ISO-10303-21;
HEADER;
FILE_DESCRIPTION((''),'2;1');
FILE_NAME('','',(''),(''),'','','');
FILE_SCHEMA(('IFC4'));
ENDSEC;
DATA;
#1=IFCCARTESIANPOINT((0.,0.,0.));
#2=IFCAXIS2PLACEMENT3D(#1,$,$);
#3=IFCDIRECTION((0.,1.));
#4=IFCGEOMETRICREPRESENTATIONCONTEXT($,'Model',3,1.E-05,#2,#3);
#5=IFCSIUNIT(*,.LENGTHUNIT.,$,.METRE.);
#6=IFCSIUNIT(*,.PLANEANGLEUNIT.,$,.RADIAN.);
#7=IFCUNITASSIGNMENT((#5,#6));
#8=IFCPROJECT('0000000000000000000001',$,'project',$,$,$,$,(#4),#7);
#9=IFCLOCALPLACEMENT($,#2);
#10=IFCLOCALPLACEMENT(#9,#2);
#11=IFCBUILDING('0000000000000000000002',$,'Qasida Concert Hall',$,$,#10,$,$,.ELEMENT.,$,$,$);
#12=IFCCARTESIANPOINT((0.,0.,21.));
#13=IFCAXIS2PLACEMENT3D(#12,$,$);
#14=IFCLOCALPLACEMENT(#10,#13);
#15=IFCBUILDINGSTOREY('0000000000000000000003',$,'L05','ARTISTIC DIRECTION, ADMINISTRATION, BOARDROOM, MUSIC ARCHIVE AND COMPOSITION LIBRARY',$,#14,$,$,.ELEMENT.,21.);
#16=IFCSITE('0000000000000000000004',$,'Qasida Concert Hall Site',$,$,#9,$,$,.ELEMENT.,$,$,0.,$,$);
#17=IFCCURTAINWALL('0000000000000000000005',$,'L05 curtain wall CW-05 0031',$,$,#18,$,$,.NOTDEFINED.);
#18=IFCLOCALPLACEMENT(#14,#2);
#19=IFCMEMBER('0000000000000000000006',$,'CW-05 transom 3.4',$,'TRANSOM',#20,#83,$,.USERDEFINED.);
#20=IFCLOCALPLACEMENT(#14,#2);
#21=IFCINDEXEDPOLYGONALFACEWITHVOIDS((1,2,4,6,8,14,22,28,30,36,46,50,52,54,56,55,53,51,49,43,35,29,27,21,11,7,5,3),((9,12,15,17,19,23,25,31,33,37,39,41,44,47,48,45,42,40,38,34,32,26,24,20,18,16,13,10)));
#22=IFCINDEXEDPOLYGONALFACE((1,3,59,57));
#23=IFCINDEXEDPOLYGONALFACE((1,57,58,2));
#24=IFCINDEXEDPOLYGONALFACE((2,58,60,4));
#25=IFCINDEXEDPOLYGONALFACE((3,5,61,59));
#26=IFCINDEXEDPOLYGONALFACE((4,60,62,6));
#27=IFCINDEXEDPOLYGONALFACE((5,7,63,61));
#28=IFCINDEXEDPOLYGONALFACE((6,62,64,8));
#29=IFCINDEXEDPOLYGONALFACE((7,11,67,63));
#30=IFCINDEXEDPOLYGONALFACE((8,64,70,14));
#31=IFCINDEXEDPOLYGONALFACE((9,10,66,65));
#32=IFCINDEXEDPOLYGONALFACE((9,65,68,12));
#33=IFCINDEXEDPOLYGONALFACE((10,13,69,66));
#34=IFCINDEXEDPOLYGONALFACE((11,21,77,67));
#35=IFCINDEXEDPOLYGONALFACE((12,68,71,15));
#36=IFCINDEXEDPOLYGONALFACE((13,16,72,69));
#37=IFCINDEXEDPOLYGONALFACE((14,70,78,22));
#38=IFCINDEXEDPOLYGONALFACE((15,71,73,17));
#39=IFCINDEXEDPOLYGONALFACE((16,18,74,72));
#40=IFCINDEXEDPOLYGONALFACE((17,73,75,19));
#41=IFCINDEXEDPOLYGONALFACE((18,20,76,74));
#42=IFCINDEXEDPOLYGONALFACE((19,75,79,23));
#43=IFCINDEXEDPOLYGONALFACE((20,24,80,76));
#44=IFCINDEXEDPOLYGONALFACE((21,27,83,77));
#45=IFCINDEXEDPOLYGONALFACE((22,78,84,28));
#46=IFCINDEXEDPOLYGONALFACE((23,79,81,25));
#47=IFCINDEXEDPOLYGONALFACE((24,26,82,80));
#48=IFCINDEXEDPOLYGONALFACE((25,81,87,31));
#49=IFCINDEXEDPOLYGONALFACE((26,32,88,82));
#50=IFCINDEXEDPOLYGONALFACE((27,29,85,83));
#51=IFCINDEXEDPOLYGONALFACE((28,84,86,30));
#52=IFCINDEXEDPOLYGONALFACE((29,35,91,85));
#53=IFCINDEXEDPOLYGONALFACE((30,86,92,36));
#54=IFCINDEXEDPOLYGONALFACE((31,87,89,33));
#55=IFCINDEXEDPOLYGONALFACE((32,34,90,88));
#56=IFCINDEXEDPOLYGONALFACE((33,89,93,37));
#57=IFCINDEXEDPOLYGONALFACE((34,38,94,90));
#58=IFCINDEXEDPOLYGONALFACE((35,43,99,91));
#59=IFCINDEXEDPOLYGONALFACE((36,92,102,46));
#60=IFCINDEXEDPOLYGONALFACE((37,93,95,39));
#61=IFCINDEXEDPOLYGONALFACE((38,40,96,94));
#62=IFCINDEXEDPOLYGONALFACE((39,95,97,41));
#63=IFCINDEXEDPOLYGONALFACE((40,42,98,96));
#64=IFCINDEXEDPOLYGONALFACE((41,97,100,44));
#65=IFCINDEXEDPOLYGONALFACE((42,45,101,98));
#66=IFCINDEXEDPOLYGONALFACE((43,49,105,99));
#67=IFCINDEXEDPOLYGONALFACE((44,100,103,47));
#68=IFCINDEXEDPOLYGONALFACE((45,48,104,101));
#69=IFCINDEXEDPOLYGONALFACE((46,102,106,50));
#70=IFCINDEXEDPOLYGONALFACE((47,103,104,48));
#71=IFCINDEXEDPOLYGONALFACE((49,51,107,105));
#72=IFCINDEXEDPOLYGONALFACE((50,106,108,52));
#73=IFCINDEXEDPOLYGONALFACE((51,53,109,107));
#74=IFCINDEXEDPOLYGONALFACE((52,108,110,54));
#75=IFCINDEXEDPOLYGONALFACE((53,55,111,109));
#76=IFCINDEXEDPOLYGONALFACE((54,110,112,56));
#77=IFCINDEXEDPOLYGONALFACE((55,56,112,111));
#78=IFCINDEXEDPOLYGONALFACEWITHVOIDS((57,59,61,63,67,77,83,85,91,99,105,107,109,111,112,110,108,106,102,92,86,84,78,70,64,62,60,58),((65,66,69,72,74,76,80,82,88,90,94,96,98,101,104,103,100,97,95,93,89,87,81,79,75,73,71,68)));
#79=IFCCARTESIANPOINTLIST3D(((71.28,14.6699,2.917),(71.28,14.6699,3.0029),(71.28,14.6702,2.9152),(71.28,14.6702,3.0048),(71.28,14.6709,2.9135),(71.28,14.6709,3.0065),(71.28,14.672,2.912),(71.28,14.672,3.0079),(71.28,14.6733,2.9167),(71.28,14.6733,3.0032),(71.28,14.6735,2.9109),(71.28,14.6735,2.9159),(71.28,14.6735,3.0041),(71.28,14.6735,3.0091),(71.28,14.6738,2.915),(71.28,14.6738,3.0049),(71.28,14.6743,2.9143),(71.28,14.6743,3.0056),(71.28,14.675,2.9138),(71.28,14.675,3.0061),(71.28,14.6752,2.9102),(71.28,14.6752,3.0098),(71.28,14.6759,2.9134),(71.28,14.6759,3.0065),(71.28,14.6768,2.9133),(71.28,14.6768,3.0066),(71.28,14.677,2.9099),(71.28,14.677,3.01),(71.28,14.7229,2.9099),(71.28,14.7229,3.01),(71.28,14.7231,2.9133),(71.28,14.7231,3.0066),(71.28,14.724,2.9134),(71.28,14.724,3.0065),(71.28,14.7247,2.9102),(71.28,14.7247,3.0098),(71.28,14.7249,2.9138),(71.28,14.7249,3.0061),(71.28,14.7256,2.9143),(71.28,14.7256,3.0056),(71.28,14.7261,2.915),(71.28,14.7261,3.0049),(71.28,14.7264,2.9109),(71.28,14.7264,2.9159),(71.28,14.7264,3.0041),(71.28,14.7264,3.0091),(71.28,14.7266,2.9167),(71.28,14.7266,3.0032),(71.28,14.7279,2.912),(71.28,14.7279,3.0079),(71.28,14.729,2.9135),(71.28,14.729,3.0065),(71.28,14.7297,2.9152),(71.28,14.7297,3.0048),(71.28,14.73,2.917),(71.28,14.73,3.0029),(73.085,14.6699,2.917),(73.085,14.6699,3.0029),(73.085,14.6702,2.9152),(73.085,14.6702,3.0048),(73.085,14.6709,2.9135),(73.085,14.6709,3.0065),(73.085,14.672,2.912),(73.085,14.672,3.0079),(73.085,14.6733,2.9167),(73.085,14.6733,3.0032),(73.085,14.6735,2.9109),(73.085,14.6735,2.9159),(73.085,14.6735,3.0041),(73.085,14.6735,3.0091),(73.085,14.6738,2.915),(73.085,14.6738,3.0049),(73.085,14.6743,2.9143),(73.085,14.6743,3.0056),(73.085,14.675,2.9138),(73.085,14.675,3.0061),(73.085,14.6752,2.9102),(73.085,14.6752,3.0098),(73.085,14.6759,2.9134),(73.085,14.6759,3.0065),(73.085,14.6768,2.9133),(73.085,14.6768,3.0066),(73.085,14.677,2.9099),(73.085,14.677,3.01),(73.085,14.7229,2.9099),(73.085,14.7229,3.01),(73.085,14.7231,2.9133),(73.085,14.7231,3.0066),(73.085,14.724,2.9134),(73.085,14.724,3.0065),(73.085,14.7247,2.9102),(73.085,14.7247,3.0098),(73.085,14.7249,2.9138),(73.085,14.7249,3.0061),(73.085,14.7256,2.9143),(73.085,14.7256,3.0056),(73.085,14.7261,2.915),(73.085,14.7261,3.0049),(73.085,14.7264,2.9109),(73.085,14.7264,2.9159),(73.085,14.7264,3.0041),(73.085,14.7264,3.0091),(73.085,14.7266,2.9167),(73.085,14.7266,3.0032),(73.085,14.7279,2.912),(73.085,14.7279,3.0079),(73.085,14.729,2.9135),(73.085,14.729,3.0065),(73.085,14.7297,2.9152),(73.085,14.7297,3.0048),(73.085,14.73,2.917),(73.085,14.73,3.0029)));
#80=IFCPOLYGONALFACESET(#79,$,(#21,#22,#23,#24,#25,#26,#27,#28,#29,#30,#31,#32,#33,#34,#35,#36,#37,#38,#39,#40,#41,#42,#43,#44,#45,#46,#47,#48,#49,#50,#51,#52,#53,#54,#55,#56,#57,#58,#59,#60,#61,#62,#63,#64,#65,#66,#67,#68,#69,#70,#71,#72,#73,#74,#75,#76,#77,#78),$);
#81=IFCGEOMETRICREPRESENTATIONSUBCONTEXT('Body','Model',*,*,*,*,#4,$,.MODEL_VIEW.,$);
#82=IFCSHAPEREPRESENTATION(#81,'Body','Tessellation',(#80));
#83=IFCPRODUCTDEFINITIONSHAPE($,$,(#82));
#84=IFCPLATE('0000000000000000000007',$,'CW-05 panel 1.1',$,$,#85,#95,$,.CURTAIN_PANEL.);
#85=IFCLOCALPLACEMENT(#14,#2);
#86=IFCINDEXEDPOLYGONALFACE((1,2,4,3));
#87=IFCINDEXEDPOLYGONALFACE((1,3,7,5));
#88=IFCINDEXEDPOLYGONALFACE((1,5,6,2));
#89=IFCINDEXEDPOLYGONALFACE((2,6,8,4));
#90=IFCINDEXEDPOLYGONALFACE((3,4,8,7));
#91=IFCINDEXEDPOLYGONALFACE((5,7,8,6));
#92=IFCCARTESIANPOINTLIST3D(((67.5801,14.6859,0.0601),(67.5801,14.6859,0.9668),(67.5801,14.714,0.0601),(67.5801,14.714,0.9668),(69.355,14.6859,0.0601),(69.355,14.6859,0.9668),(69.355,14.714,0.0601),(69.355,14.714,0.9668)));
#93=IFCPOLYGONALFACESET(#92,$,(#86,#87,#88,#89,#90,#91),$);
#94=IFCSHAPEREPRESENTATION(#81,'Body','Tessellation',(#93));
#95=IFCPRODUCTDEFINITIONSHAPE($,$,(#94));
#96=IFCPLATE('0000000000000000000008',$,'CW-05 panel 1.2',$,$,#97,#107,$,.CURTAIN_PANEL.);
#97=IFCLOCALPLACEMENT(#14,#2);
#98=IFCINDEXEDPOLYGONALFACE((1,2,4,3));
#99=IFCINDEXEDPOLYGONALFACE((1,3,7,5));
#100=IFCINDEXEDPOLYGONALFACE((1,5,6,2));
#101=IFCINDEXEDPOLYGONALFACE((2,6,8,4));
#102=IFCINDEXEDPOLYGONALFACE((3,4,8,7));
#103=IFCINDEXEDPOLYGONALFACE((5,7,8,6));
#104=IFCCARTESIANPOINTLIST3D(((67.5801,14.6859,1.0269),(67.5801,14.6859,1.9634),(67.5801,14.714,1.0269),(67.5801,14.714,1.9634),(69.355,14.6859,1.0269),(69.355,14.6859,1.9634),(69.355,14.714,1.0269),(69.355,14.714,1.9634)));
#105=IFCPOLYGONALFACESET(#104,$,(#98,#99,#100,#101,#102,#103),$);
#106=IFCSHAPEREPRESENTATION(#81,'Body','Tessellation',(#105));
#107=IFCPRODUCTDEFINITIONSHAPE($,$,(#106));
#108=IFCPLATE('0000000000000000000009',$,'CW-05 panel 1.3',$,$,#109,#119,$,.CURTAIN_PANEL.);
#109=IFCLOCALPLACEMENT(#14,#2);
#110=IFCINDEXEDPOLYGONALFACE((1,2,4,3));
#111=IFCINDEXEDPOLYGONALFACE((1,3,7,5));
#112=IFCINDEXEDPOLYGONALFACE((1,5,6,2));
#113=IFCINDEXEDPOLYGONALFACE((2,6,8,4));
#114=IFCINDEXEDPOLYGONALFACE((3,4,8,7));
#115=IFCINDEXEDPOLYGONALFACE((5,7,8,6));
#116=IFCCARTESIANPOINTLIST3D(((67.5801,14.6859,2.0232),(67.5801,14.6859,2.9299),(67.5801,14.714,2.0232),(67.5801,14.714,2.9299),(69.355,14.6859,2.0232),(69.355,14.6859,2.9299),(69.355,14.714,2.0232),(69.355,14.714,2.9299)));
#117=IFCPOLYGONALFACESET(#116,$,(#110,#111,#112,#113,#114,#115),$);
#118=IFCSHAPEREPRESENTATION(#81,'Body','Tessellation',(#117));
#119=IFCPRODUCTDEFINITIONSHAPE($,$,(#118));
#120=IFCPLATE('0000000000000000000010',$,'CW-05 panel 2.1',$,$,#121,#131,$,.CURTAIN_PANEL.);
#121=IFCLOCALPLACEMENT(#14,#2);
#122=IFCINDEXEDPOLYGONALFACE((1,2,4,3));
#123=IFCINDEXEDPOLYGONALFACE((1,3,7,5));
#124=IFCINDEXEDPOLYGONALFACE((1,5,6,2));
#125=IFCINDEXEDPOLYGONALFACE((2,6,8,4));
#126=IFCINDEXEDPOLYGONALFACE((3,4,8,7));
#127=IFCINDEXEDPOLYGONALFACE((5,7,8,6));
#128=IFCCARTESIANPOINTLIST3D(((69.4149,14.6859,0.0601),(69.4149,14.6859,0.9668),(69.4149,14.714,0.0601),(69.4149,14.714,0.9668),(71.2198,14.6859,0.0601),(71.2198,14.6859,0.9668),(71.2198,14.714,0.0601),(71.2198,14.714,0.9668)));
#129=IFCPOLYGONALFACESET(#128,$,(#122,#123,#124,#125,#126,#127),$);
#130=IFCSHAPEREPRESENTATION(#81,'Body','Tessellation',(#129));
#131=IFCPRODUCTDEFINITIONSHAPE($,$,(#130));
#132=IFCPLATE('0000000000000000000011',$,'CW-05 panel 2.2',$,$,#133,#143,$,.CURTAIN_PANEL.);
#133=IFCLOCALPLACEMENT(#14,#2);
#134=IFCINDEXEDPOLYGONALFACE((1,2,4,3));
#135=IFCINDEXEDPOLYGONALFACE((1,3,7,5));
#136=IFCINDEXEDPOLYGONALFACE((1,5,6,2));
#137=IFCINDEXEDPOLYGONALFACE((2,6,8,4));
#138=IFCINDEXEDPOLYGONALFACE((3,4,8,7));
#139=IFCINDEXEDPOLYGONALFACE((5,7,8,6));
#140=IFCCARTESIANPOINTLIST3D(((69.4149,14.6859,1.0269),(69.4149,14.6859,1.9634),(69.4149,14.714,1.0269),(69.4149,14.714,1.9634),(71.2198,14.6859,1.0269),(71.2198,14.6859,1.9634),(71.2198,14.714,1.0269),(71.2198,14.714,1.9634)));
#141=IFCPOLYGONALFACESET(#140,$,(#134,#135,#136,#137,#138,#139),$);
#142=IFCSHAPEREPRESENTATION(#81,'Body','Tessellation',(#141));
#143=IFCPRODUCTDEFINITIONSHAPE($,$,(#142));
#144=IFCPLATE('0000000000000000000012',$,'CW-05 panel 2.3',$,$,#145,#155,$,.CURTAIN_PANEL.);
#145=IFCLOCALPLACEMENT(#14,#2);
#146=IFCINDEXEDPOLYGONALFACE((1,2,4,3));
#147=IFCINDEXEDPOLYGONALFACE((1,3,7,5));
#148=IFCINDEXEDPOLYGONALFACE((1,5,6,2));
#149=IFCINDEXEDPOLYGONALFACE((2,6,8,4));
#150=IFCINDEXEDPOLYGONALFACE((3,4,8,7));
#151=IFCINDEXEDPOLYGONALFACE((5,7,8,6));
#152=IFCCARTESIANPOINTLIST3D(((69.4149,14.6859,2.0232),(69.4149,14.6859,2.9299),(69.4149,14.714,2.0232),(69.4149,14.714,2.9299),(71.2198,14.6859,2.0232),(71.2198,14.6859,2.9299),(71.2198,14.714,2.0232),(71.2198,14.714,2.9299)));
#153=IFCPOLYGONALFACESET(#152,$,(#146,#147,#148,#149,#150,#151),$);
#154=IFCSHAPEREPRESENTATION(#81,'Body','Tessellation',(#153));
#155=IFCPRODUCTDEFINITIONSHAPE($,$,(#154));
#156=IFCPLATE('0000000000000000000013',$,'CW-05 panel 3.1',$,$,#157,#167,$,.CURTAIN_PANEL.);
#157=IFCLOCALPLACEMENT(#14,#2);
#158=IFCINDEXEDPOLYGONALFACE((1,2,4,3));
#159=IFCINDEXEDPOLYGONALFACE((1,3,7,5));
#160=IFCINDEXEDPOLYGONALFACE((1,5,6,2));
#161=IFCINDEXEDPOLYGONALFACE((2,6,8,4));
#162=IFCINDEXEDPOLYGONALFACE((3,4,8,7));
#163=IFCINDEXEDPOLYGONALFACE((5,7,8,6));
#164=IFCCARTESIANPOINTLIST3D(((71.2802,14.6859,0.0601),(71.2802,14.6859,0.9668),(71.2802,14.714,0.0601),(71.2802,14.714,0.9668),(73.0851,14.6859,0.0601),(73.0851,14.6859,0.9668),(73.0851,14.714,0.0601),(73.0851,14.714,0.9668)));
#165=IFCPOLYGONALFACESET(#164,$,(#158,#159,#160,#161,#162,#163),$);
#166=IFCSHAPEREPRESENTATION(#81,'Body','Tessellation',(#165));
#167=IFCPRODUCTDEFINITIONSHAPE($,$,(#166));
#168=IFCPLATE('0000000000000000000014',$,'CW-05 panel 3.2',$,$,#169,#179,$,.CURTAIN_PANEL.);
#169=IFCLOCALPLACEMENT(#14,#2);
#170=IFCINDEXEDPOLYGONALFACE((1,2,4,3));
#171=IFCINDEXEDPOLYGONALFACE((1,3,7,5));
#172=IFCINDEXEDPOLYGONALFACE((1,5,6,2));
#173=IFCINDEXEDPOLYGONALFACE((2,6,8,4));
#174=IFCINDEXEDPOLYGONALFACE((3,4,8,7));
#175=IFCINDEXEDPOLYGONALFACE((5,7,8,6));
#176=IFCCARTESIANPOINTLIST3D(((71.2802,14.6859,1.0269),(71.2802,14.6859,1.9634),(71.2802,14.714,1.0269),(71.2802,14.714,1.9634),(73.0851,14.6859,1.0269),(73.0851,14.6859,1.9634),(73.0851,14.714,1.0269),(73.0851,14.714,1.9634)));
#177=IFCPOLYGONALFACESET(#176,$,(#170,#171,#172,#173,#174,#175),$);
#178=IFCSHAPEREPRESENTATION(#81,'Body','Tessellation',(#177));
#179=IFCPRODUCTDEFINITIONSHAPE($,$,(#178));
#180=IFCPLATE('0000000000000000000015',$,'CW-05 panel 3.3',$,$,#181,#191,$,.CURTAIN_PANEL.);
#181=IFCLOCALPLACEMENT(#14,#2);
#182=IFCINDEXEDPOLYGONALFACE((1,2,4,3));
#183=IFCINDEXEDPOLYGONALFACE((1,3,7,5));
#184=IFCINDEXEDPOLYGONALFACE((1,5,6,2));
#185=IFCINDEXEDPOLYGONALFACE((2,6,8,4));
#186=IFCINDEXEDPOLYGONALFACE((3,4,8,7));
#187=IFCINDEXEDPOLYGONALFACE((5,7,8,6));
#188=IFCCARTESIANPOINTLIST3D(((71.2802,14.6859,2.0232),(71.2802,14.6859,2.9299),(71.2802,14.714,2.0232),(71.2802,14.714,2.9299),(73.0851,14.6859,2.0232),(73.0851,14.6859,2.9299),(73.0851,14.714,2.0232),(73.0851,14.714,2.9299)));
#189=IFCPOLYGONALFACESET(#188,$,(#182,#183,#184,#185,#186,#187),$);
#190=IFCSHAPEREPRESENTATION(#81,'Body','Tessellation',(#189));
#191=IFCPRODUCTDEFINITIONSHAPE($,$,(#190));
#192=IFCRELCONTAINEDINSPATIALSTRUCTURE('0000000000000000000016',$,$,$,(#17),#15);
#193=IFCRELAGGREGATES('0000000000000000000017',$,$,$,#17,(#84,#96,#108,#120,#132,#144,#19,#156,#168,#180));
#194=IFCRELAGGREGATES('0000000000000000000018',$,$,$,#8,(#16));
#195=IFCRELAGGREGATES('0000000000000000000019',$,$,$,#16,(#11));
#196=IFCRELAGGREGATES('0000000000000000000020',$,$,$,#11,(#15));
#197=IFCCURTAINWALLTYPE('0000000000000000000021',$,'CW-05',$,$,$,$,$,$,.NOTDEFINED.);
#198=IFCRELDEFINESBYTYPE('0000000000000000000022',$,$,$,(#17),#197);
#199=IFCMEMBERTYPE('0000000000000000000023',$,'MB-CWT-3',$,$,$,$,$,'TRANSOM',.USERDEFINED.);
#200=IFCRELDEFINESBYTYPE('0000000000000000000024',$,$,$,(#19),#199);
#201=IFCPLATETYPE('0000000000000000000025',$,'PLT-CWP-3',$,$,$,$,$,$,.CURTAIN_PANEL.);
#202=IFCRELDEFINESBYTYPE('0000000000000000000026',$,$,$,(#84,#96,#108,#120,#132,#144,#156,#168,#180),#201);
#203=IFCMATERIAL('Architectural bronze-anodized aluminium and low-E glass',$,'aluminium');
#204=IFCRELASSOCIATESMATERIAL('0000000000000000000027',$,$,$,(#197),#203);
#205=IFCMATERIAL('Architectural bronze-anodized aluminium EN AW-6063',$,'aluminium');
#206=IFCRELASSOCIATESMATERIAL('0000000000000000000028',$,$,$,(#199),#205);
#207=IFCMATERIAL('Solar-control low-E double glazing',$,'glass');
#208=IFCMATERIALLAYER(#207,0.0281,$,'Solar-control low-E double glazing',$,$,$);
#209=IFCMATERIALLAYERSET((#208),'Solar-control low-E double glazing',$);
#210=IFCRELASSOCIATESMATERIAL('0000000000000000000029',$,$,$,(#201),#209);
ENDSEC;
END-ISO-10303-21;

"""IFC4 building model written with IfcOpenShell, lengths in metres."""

from ifc_helpers import new_model, si_unit, direction, frame, origin, origin_2d, place, context, subcontext, project, spatial, rectangle, hollow_rectangle, extrude, material, layer, layer_set, material_profile, profile_set, type_object, element, aggregate, save


model = new_model("IFC4")

# Units and contexts
model_context = context("Model", 3, precision=1e-05, world=origin(), true_north=direction((0.0, 1.0)))
body_context = subcontext(model_context, "Body", "Model", "MODEL_VIEW")
ifc_project = project(units=[si_unit("LENGTHUNIT", "METRE"), si_unit("PLANEANGLEUNIT", "RADIAN")], contexts=[model_context])

# Site, building, storey
site_placement = place(None, origin())
site = spatial("IfcSite", under=ifc_project, at=site_placement, Name="Qasida Concert Hall Site", CompositionType="ELEMENT", RefElevation=0.0)
building_placement = place(site_placement, origin())
building = spatial("IfcBuilding", under=site, at=building_placement, Name="Qasida Concert Hall", CompositionType="ELEMENT")
storey_placement = place(building_placement, frame((0.0, 0.0, 21.0)))
storey = spatial("IfcBuildingStorey", under=building, at=storey_placement, Name="L05", Description="ARTISTIC DIRECTION, ADMINISTRATION, BOARDROOM, MUSIC ARCHIVE AND COMPOSITION LIBRARY", CompositionType="ELEMENT", Elevation=21.0)

# Curtain wall, member, plates
ifc_material_1 = material(Name="Architectural bronze-anodized aluminium and low-E glass", Category="aluminium")
curtain_wall_type = type_object("IfcCurtainWallType", Name="CW-05", PredefinedType="NOTDEFINED", material=ifc_material_1)
curtain_wall_placement = place(storey_placement, origin())
curtain_wall = element("IfcCurtainWall", 1, at=curtain_wall_placement, inside=storey, type_object=curtain_wall_type, Name="L05 curtain wall CW-05 0031", PredefinedType="NOTDEFINED")
ifc_material_2 = material(Name="Architectural bronze-anodized aluminium EN AW-6063", Category="aluminium")
ifc_material_profile_1 = material_profile(ifc_material_2, hollow_rectangle(XDim=0.0601, YDim=0.1001, WallThickness=0.0034, InnerFilletRadius=0.0034, OuterFilletRadius=0.0071, at=origin_2d()), Name="CWT 100x60x3.5")
ifc_profile_set_1 = profile_set([ifc_material_profile_1], Name="Architectural bronze-anodized aluminium EN AW-6063")
member_type_1 = type_object("IfcMemberType", Name="MB-CWT-3", ElementType="TRANSOM", PredefinedType="USERDEFINED", material=ifc_profile_set_1)
member_1_placement = place(storey_placement, frame((71.28, 14.7, 2.96), z_axis=(1.0, 0.0, 0.0), x_axis=(0.0, 1.0, 0.0)))
member_1 = element("IfcMember", 2, at=member_1_placement, type_object=member_type_1, Name="CW-05 transom 3.4", ObjectType="TRANSOM", PredefinedType="USERDEFINED", context=body_context, shape_type="SweptSolid", body=[
    extrude(hollow_rectangle(XDim=0.0601, YDim=0.1001, WallThickness=0.0034, InnerFilletRadius=0.0034, OuterFilletRadius=0.0071, at=origin_2d()), origin(), (0.0, 0.0, 1.0), 1.8049),
])
ifc_material_3 = material(Name="Solar-control low-E double glazing", Category="glass")
ifc_layer = layer(ifc_material_3, 0.0281, Name="Solar-control low-E double glazing")
ifc_layer_set = layer_set([ifc_layer], Name="Solar-control low-E double glazing")
plate_type = type_object("IfcPlateType", Name="PLT-CWP-3", PredefinedType="CURTAIN_PANEL", material=ifc_layer_set)
plate_1_placement = place(storey_placement, frame((68.4675, 14.7, 0.0601), z_axis=(0.0, 0.0, 1.0), x_axis=(1.0, 0.0, 0.0)))
plate_1 = element("IfcPlate", 3, at=plate_1_placement, type_object=plate_type, Name="CW-05 panel 1.1", PredefinedType="CURTAIN_PANEL", context=body_context, shape_type="SweptSolid", body=[
    extrude(rectangle(XDim=1.7749, YDim=0.0281, at=origin_2d()), origin(), (0.0, 0.0, 1.0), 0.9067),
])
plate_2_placement = place(storey_placement, frame((68.4675, 14.7, 1.0269), z_axis=(0.0, 0.0, 1.0), x_axis=(1.0, 0.0, 0.0)))
plate_2 = element("IfcPlate", 4, at=plate_2_placement, type_object=plate_type, Name="CW-05 panel 1.2", PredefinedType="CURTAIN_PANEL", context=body_context, shape_type="SweptSolid", body=[
    extrude(rectangle(XDim=1.7749, YDim=0.0281, at=origin_2d()), origin(), (0.0, 0.0, 1.0), 0.9365),
])
plate_3_placement = place(storey_placement, frame((68.4675, 14.7, 2.0232), z_axis=(0.0, 0.0, 1.0), x_axis=(1.0, 0.0, 0.0)))
plate_3 = element("IfcPlate", 5, at=plate_3_placement, type_object=plate_type, Name="CW-05 panel 1.3", PredefinedType="CURTAIN_PANEL", context=body_context, shape_type="SweptSolid", body=[
    extrude(rectangle(XDim=1.7749, YDim=0.0281, at=origin_2d()), origin(), (0.0, 0.0, 1.0), 0.9067),
])
plate_4_placement = place(storey_placement, frame((70.3174, 14.7, 0.0601), z_axis=(0.0, 0.0, 1.0), x_axis=(1.0, 0.0, 0.0)))
plate_4 = element("IfcPlate", 6, at=plate_4_placement, type_object=plate_type, Name="CW-05 panel 2.1", PredefinedType="CURTAIN_PANEL", context=body_context, shape_type="SweptSolid", body=[
    extrude(rectangle(XDim=1.8049, YDim=0.0281, at=origin_2d()), origin(), (0.0, 0.0, 1.0), 0.9067),
])
plate_5_placement = place(storey_placement, frame((70.3174, 14.7, 1.0269), z_axis=(0.0, 0.0, 1.0), x_axis=(1.0, 0.0, 0.0)))
plate_5 = element("IfcPlate", 7, at=plate_5_placement, type_object=plate_type, Name="CW-05 panel 2.2", PredefinedType="CURTAIN_PANEL", context=body_context, shape_type="SweptSolid", body=[
    extrude(rectangle(XDim=1.8049, YDim=0.0281, at=origin_2d()), origin(), (0.0, 0.0, 1.0), 0.9365),
])
plate_6_placement = place(storey_placement, frame((70.3174, 14.7, 2.0232), z_axis=(0.0, 0.0, 1.0), x_axis=(1.0, 0.0, 0.0)))
plate_6 = element("IfcPlate", 8, at=plate_6_placement, type_object=plate_type, Name="CW-05 panel 2.3", PredefinedType="CURTAIN_PANEL", context=body_context, shape_type="SweptSolid", body=[
    extrude(rectangle(XDim=1.8049, YDim=0.0281, at=origin_2d()), origin(), (0.0, 0.0, 1.0), 0.9067),
])
plate_7_placement = place(storey_placement, frame((72.1826, 14.7, 0.0601), z_axis=(0.0, 0.0, 1.0), x_axis=(1.0, 0.0, 0.0)))
plate_7 = element("IfcPlate", 9, at=plate_7_placement, type_object=plate_type, Name="CW-05 panel 3.1", PredefinedType="CURTAIN_PANEL", context=body_context, shape_type="SweptSolid", body=[
    extrude(rectangle(XDim=1.8049, YDim=0.0281, at=origin_2d()), origin(), (0.0, 0.0, 1.0), 0.9067),
])
plate_8_placement = place(storey_placement, frame((72.1826, 14.7, 1.0269), z_axis=(0.0, 0.0, 1.0), x_axis=(1.0, 0.0, 0.0)))
plate_8 = element("IfcPlate", 10, at=plate_8_placement, type_object=plate_type, Name="CW-05 panel 3.2", PredefinedType="CURTAIN_PANEL", context=body_context, shape_type="SweptSolid", body=[
    extrude(rectangle(XDim=1.8049, YDim=0.0281, at=origin_2d()), origin(), (0.0, 0.0, 1.0), 0.9365),
])
plate_9_placement = place(storey_placement, frame((72.1826, 14.7, 2.0232), z_axis=(0.0, 0.0, 1.0), x_axis=(1.0, 0.0, 0.0)))
plate_9 = element("IfcPlate", 11, at=plate_9_placement, type_object=plate_type, Name="CW-05 panel 3.3", PredefinedType="CURTAIN_PANEL", context=body_context, shape_type="SweptSolid", body=[
    extrude(rectangle(XDim=1.8049, YDim=0.0281, at=origin_2d()), origin(), (0.0, 0.0, 1.0), 0.9067),
])
aggregate(curtain_wall, [plate_1, plate_2, plate_3, plate_4, plate_5, plate_6, member_1, plate_7, plate_8, plate_9])

save(model, "model.ifc")
